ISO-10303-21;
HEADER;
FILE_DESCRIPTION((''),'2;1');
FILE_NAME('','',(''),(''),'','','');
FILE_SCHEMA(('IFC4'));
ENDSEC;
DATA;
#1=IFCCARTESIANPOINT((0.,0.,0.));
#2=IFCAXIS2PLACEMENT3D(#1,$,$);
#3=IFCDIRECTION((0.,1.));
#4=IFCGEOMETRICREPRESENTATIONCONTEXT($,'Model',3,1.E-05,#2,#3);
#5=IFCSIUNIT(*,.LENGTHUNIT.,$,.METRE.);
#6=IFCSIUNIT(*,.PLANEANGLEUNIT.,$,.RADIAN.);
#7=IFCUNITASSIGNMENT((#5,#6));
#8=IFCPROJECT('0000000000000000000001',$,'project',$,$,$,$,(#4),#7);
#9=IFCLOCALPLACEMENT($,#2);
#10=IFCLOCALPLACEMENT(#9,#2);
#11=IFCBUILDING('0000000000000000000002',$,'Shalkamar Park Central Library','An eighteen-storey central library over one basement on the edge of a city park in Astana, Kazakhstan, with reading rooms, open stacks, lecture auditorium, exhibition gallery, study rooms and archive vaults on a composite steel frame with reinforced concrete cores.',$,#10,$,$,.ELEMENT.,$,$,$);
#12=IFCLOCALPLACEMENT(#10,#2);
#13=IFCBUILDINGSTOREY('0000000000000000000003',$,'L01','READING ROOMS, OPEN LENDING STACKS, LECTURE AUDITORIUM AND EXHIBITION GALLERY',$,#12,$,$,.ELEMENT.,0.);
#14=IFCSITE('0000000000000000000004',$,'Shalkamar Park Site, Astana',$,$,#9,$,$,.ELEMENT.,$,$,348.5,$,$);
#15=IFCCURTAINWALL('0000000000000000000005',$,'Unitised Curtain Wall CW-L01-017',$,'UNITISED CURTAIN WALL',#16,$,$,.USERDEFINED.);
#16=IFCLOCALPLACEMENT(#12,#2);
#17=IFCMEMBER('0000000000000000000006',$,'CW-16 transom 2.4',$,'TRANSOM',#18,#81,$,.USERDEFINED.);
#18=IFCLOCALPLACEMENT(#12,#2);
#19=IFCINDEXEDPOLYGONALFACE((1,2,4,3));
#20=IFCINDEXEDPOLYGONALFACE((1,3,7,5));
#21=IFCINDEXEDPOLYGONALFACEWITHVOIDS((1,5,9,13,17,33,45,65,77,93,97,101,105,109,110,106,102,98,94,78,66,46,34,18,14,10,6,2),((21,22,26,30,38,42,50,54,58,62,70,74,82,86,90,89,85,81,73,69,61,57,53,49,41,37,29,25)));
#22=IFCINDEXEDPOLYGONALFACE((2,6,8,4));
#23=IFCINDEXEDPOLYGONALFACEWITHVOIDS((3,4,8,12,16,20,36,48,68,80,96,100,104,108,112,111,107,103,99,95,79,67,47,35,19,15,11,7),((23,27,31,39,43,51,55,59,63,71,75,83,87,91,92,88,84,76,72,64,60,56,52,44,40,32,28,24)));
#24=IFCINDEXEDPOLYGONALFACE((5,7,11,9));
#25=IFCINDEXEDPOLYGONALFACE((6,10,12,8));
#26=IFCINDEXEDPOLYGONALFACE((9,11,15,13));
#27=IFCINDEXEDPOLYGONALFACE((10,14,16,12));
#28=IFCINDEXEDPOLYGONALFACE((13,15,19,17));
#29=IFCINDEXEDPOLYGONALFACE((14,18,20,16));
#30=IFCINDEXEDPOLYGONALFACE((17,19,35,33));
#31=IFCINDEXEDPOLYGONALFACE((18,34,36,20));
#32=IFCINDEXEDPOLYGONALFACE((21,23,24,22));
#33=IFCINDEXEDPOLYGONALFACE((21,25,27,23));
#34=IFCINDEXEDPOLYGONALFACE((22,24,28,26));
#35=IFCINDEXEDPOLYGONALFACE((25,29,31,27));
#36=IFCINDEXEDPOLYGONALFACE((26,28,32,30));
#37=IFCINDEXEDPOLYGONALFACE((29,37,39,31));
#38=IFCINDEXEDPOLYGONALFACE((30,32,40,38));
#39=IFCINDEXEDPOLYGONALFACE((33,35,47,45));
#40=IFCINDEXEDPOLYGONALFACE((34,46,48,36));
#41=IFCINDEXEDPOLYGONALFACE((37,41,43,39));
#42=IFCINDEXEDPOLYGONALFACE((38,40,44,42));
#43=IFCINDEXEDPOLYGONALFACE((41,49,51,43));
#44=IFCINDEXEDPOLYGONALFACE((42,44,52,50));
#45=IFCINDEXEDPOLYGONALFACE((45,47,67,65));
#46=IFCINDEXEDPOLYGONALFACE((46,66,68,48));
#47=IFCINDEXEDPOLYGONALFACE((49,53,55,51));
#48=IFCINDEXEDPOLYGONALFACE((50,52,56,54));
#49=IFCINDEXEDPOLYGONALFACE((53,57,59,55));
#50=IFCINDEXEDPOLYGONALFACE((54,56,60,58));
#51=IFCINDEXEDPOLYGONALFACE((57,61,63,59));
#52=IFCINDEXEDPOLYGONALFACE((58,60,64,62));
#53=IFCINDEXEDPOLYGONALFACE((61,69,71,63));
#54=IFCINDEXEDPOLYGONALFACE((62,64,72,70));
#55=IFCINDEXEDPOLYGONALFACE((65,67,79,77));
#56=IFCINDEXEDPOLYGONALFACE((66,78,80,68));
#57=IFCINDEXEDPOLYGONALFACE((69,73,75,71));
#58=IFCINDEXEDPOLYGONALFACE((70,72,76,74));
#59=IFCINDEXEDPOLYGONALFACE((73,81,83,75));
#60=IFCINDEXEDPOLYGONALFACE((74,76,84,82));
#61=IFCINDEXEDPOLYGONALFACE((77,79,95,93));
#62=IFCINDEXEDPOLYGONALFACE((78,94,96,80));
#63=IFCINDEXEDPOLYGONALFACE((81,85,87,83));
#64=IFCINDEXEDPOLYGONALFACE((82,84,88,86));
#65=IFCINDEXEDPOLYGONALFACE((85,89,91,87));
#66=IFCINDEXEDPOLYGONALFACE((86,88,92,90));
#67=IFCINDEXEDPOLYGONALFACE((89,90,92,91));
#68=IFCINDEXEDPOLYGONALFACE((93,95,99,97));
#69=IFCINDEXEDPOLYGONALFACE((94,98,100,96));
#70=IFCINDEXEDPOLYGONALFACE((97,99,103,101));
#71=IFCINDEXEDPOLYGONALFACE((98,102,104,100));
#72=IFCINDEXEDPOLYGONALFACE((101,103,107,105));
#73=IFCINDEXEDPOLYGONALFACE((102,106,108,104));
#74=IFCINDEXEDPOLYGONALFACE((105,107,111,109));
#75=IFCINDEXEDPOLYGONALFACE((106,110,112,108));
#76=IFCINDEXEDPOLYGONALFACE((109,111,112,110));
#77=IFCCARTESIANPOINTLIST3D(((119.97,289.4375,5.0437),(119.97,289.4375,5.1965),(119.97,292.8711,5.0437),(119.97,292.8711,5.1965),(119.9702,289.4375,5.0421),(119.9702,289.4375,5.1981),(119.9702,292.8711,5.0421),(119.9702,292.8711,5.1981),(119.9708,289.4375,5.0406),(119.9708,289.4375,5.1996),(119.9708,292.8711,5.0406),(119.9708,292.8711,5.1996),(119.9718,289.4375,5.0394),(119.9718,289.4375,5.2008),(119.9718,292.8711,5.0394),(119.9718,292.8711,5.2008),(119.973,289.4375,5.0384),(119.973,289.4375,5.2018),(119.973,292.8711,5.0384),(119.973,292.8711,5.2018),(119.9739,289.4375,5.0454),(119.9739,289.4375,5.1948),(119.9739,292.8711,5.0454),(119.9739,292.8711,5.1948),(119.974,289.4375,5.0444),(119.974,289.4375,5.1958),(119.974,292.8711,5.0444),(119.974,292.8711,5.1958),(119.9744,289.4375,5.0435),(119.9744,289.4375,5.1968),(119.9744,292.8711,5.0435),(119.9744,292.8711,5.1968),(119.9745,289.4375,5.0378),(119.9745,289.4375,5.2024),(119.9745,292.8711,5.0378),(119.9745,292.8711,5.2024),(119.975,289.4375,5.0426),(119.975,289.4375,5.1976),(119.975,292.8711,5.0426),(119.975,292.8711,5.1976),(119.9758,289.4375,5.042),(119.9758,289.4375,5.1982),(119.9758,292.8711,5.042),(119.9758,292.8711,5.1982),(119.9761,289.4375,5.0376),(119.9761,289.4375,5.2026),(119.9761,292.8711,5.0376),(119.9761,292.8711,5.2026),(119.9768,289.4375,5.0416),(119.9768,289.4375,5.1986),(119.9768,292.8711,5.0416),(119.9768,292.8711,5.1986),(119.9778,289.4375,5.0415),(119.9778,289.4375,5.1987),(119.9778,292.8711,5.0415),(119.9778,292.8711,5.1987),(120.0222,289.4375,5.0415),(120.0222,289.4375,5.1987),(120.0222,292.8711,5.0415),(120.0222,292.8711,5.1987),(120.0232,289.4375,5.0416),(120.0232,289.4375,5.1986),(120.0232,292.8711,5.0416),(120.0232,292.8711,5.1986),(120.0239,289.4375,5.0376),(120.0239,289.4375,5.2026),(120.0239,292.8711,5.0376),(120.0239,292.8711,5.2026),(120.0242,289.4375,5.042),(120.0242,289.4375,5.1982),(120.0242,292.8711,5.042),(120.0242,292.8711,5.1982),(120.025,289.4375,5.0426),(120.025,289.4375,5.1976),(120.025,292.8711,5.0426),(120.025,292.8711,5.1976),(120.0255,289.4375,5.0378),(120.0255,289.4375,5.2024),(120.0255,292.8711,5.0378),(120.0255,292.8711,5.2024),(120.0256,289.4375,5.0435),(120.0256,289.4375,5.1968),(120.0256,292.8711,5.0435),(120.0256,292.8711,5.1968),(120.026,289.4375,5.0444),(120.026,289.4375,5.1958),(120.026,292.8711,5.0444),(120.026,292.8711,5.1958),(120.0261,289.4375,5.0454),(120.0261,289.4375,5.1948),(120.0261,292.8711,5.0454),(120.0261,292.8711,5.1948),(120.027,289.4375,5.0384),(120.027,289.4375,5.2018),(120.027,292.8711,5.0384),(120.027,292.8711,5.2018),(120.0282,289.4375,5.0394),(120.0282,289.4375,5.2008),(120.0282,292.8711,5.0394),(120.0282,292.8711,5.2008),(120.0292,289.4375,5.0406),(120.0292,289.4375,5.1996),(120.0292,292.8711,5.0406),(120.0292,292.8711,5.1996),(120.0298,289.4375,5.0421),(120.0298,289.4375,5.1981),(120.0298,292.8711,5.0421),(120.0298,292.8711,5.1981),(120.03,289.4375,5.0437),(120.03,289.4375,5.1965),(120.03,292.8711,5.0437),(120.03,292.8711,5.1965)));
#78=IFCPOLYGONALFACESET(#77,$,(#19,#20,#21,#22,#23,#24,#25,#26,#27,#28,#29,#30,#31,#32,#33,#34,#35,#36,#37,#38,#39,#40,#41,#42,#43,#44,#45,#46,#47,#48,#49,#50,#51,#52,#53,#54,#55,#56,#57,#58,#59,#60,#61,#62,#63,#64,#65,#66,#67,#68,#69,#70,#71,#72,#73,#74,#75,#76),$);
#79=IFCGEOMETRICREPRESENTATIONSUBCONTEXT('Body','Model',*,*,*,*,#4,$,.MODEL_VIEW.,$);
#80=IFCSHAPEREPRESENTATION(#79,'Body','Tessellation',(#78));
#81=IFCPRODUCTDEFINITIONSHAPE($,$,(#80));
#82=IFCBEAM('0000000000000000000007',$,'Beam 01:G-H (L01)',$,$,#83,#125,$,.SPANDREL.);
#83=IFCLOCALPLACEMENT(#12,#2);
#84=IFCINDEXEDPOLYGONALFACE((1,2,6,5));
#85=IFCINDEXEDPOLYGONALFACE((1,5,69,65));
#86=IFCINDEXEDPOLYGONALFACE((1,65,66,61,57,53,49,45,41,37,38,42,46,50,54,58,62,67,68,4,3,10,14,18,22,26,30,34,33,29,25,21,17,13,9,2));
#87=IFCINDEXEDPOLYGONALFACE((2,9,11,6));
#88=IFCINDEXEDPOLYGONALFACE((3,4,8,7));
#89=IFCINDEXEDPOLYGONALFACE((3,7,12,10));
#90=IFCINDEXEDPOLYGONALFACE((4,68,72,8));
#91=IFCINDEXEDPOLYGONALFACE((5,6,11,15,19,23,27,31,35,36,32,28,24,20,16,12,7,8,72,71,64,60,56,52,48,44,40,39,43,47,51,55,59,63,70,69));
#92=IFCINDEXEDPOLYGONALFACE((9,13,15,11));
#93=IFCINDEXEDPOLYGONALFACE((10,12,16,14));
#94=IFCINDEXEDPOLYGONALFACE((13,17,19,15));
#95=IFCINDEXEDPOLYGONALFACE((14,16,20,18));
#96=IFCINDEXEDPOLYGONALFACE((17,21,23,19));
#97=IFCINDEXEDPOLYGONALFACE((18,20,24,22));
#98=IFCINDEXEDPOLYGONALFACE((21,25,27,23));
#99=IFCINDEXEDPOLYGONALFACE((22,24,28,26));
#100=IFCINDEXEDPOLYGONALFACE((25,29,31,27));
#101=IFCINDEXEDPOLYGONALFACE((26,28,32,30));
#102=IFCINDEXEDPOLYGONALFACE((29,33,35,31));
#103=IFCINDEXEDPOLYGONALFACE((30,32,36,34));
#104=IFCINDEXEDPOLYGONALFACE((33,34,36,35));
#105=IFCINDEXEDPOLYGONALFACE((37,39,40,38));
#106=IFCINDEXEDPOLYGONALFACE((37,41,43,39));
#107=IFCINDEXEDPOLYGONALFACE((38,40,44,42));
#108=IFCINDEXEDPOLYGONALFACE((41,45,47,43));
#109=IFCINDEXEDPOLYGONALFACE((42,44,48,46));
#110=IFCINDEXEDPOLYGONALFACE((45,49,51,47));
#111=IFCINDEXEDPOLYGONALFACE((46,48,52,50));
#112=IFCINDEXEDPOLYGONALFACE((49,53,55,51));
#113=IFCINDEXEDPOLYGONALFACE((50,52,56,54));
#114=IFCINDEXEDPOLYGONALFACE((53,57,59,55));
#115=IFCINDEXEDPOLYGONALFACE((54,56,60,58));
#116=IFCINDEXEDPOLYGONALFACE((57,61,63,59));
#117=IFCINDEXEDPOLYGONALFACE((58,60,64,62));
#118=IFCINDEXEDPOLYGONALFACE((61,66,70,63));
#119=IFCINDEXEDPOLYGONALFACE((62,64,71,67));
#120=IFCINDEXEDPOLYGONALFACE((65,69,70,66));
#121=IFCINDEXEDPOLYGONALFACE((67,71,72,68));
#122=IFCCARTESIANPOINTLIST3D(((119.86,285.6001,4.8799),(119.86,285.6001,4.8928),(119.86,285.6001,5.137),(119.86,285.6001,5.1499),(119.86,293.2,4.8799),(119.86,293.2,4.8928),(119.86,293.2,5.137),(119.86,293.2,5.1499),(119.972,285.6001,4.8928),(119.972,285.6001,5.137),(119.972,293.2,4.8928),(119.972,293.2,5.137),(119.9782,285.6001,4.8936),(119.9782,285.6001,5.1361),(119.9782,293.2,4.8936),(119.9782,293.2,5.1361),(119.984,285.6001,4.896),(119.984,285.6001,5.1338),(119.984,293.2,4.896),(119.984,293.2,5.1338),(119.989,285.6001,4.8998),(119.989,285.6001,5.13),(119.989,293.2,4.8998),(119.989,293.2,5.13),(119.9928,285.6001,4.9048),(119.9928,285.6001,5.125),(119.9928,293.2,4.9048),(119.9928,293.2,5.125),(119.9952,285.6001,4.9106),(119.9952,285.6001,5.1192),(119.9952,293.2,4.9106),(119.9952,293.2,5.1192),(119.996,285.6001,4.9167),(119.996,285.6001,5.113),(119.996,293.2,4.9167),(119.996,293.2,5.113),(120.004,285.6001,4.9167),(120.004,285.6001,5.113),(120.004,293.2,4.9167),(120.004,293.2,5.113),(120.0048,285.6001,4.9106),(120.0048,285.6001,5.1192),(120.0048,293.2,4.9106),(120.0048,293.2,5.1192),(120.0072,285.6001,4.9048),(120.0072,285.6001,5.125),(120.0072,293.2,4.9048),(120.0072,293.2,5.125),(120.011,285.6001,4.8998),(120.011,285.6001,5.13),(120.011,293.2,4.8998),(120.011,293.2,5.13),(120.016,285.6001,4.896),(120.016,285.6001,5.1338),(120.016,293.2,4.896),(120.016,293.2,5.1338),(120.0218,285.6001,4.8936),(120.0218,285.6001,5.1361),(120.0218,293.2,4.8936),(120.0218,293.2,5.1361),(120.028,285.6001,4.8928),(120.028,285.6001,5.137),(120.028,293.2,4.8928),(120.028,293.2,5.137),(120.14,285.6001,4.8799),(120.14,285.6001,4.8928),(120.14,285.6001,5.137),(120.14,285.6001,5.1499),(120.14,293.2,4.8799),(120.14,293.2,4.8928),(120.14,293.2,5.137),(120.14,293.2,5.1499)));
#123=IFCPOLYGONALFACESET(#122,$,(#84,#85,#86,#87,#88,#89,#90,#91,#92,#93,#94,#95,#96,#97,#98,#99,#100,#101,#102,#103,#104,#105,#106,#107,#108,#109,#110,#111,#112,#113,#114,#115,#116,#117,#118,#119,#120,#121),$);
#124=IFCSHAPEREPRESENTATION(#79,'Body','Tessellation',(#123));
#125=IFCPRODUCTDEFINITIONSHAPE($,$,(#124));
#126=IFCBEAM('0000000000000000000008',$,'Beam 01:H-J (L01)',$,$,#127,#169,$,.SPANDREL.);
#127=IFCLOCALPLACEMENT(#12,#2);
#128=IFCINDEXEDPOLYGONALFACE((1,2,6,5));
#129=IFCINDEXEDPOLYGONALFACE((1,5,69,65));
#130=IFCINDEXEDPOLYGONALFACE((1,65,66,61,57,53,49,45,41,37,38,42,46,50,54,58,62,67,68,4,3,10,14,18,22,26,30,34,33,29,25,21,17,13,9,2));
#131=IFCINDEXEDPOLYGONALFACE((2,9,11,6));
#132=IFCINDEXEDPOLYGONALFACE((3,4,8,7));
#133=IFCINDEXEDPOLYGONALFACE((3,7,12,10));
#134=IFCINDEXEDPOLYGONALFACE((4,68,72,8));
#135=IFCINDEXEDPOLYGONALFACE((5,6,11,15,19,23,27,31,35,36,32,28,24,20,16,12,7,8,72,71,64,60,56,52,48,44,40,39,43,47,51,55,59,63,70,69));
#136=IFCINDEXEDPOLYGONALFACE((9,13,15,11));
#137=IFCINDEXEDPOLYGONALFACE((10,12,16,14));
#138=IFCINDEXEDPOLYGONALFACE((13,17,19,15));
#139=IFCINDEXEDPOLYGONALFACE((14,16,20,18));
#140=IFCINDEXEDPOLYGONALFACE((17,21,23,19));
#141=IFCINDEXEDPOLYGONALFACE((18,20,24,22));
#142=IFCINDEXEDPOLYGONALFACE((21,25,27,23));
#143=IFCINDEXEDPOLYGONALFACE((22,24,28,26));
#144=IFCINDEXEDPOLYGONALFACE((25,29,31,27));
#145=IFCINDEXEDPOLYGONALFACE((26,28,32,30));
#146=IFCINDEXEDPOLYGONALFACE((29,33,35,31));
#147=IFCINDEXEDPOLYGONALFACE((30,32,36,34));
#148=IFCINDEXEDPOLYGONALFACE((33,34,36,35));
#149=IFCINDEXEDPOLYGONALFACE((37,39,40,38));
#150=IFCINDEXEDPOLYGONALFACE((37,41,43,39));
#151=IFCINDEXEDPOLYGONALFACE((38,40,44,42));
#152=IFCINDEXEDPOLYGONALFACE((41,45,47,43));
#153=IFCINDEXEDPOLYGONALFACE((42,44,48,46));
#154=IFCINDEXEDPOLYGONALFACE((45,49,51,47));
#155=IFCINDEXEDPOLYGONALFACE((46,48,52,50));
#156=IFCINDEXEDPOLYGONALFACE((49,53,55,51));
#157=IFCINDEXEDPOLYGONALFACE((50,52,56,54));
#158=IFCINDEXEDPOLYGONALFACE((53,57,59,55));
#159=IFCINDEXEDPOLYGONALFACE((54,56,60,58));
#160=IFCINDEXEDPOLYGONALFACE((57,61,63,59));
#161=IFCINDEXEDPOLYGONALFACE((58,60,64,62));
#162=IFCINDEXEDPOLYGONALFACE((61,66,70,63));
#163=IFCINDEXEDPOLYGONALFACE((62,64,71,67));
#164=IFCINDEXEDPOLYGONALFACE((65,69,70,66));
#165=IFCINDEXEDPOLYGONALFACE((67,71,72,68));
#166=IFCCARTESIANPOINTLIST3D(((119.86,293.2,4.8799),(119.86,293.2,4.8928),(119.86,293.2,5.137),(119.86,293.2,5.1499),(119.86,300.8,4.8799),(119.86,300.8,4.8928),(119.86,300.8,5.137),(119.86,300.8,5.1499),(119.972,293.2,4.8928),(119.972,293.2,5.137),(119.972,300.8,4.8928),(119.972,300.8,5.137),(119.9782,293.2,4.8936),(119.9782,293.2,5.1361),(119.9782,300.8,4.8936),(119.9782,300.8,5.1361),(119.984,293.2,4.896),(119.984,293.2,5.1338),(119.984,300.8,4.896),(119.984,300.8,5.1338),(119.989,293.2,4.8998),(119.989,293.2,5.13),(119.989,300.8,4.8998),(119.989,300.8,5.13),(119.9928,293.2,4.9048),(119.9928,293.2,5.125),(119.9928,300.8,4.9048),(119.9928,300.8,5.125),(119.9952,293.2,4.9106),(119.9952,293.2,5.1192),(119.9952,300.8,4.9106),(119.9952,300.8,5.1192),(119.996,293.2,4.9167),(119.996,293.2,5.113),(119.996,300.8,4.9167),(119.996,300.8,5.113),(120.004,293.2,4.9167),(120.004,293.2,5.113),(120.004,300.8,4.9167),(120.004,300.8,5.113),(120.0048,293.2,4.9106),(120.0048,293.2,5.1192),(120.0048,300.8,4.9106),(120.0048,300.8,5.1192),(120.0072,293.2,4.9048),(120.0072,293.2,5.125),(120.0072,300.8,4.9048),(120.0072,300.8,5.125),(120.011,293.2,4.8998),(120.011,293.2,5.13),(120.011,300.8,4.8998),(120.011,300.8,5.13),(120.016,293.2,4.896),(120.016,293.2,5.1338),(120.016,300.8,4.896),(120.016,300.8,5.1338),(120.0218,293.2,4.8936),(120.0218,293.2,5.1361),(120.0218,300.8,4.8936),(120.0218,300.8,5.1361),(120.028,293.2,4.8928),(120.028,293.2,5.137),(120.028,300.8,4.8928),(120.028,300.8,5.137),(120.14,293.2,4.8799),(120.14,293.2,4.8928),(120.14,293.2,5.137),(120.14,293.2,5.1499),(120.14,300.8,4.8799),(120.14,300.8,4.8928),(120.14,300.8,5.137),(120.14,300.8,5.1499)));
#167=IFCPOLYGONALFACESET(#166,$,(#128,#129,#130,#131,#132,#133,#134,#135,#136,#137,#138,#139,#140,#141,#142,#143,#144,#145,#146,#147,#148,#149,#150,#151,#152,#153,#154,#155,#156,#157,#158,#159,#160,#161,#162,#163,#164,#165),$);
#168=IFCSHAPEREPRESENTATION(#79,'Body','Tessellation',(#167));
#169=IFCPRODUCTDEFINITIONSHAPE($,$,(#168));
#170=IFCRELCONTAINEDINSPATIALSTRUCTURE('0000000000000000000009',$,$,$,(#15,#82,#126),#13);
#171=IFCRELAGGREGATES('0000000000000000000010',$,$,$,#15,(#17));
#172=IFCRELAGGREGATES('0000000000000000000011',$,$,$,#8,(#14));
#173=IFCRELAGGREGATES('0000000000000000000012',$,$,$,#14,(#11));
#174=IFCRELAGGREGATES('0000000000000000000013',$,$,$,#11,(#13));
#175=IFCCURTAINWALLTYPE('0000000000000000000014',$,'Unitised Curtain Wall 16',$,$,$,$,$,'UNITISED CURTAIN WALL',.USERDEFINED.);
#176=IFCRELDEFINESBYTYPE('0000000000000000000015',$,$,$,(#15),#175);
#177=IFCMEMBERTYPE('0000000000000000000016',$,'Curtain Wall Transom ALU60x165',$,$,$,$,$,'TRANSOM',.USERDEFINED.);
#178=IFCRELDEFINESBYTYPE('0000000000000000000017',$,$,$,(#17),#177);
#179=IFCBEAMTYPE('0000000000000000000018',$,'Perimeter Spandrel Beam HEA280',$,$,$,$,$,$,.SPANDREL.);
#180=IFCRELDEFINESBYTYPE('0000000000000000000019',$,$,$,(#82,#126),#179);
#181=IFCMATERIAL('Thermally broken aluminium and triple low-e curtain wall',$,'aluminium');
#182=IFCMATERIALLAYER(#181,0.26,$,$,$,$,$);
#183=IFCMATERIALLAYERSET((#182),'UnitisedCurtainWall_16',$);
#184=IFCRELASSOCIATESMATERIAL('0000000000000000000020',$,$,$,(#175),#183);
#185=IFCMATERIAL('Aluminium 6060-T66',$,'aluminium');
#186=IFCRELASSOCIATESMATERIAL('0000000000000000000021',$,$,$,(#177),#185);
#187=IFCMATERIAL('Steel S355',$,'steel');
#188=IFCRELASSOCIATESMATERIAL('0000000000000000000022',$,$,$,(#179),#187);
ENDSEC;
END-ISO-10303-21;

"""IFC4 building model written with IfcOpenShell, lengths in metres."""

from ifc_helpers import new_model, si_unit, direction, frame, origin, origin_2d, place, context, subcontext, project, spatial, hollow_rectangle, i_section, extrude, material, layer, layer_set, material_profile, profile_set, type_object, element, aggregate, save


model = new_model("IFC4")

# Units and contexts
model_context = context("Model", 3, precision=1e-05, world=origin(), true_north=direction((0.0, 1.0)))
body_context = subcontext(model_context, "Body", "Model", "MODEL_VIEW")
ifc_project = project(units=[si_unit("LENGTHUNIT", "METRE"), si_unit("PLANEANGLEUNIT", "RADIAN")], contexts=[model_context])

# Site, building, storey
site_placement = place(None, origin())
site = spatial("IfcSite", under=ifc_project, at=site_placement, Name="Shalkamar Park Site, Astana", CompositionType="ELEMENT", RefElevation=348.5)
building_placement = place(site_placement, origin())
building = spatial("IfcBuilding", under=site, at=building_placement, Name="Shalkamar Park Central Library", Description="An eighteen-storey central library over one basement on the edge of a city park in Astana, Kazakhstan, with reading rooms, open stacks, lecture auditorium, exhibition gallery, study rooms and archive vaults on a composite steel frame with reinforced concrete cores.", CompositionType="ELEMENT")
storey_placement = place(building_placement, origin())
storey = spatial("IfcBuildingStorey", under=building, at=storey_placement, Name="L01", Description="READING ROOMS, OPEN LENDING STACKS, LECTURE AUDITORIUM AND EXHIBITION GALLERY", CompositionType="ELEMENT", Elevation=0.0)

# Shared definitions
ifc_material_1 = material(Name="Steel S355", Category="steel")

# Curtain wall, member
ifc_material_2 = material(Name="Thermally broken aluminium and triple low-e curtain wall", Category="aluminium")
ifc_layer_1 = layer(ifc_material_2, 0.26)
ifc_layer_set_1 = layer_set([ifc_layer_1], Name="UnitisedCurtainWall_16")
curtain_wall_type = type_object("IfcCurtainWallType", Name="Unitised Curtain Wall 16", ElementType="UNITISED CURTAIN WALL", PredefinedType="USERDEFINED", material=ifc_layer_set_1)
curtain_wall_placement = place(storey_placement, origin())
curtain_wall = element("IfcCurtainWall", 1, at=curtain_wall_placement, inside=storey, type_object=curtain_wall_type, Name="Unitised Curtain Wall CW-L01-017", ObjectType="UNITISED CURTAIN WALL", PredefinedType="USERDEFINED")
ifc_material_3 = material(Name="Aluminium 6060-T66", Category="aluminium")
ifc_material_profile_1 = material_profile(ifc_material_3, hollow_rectangle(XDim=0.0601, YDim=0.165, WallThickness=0.0039, InnerFilletRadius=0.0039, OuterFilletRadius=0.0061, at=origin_2d()), Name="ALU 60x165x4")
ifc_profile_set_1 = profile_set([ifc_material_profile_1], Name="Aluminium 6060-T66")
member_type_1 = type_object("IfcMemberType", Name="Curtain Wall Transom ALU60x165", ElementType="TRANSOM", PredefinedType="USERDEFINED", material=ifc_profile_set_1)
member_1_placement = place(storey_placement, frame((120.0, 289.4375, 5.1201), z_axis=(0.0, 1.0, 0.0), x_axis=(-1.0, 0.0, 0.0)))
member_1 = element("IfcMember", 2, at=member_1_placement, type_object=member_type_1, Name="CW-16 transom 2.4", ObjectType="TRANSOM", PredefinedType="USERDEFINED", context=body_context, shape_type="SweptSolid", body=[
    extrude(hollow_rectangle(XDim=0.0601, YDim=0.165, WallThickness=0.0039, InnerFilletRadius=0.0039, OuterFilletRadius=0.0061, at=origin_2d()), origin(), (0.0, 0.0, 1.0), 3.4336),
])

# Beams
ifc_material_profile_2 = material_profile(ifc_material_1, i_section(OverallWidth=0.28, OverallDepth=0.27, WebThickness=0.0081, FlangeThickness=0.0129, FilletRadius=0.0239, at=origin_2d()), Name="HEA 280")
ifc_profile_set_2 = profile_set([ifc_material_profile_2], Name="Steel S355")
beam_type_1 = type_object("IfcBeamType", Name="Perimeter Spandrel Beam HEA280", PredefinedType="SPANDREL", material=ifc_profile_set_2)
beam_1_placement = place(storey_placement, frame((120.0, 285.6001, 5.0149), z_axis=(0.0, 1.0, 0.0), x_axis=(-1.0, 0.0, 0.0)))
element("IfcBeam", 3, at=beam_1_placement, inside=storey, type_object=beam_type_1, Name="Beam 01:G-H (L01)", PredefinedType="SPANDREL", context=body_context, shape_type="SweptSolid", body=[
    extrude(i_section(OverallWidth=0.28, OverallDepth=0.27, WebThickness=0.0081, FlangeThickness=0.0129, FilletRadius=0.0239, at=origin_2d()), origin(), (0.0, 0.0, 1.0), 7.5999),
])
beam_2_placement = place(storey_placement, frame((120.0, 293.2, 5.0149), z_axis=(0.0, 1.0, 0.0), x_axis=(-1.0, 0.0, 0.0)))
element("IfcBeam", 4, at=beam_2_placement, inside=storey, type_object=beam_type_1, Name="Beam 01:H-J (L01)", PredefinedType="SPANDREL", context=body_context, shape_type="SweptSolid", body=[
    extrude(i_section(OverallWidth=0.28, OverallDepth=0.27, WebThickness=0.0081, FlangeThickness=0.0129, FilletRadius=0.0239, at=origin_2d()), origin(), (0.0, 0.0, 1.0), 7.6001),
])

aggregate(curtain_wall, [member_1])

save(model, "model.ifc")
